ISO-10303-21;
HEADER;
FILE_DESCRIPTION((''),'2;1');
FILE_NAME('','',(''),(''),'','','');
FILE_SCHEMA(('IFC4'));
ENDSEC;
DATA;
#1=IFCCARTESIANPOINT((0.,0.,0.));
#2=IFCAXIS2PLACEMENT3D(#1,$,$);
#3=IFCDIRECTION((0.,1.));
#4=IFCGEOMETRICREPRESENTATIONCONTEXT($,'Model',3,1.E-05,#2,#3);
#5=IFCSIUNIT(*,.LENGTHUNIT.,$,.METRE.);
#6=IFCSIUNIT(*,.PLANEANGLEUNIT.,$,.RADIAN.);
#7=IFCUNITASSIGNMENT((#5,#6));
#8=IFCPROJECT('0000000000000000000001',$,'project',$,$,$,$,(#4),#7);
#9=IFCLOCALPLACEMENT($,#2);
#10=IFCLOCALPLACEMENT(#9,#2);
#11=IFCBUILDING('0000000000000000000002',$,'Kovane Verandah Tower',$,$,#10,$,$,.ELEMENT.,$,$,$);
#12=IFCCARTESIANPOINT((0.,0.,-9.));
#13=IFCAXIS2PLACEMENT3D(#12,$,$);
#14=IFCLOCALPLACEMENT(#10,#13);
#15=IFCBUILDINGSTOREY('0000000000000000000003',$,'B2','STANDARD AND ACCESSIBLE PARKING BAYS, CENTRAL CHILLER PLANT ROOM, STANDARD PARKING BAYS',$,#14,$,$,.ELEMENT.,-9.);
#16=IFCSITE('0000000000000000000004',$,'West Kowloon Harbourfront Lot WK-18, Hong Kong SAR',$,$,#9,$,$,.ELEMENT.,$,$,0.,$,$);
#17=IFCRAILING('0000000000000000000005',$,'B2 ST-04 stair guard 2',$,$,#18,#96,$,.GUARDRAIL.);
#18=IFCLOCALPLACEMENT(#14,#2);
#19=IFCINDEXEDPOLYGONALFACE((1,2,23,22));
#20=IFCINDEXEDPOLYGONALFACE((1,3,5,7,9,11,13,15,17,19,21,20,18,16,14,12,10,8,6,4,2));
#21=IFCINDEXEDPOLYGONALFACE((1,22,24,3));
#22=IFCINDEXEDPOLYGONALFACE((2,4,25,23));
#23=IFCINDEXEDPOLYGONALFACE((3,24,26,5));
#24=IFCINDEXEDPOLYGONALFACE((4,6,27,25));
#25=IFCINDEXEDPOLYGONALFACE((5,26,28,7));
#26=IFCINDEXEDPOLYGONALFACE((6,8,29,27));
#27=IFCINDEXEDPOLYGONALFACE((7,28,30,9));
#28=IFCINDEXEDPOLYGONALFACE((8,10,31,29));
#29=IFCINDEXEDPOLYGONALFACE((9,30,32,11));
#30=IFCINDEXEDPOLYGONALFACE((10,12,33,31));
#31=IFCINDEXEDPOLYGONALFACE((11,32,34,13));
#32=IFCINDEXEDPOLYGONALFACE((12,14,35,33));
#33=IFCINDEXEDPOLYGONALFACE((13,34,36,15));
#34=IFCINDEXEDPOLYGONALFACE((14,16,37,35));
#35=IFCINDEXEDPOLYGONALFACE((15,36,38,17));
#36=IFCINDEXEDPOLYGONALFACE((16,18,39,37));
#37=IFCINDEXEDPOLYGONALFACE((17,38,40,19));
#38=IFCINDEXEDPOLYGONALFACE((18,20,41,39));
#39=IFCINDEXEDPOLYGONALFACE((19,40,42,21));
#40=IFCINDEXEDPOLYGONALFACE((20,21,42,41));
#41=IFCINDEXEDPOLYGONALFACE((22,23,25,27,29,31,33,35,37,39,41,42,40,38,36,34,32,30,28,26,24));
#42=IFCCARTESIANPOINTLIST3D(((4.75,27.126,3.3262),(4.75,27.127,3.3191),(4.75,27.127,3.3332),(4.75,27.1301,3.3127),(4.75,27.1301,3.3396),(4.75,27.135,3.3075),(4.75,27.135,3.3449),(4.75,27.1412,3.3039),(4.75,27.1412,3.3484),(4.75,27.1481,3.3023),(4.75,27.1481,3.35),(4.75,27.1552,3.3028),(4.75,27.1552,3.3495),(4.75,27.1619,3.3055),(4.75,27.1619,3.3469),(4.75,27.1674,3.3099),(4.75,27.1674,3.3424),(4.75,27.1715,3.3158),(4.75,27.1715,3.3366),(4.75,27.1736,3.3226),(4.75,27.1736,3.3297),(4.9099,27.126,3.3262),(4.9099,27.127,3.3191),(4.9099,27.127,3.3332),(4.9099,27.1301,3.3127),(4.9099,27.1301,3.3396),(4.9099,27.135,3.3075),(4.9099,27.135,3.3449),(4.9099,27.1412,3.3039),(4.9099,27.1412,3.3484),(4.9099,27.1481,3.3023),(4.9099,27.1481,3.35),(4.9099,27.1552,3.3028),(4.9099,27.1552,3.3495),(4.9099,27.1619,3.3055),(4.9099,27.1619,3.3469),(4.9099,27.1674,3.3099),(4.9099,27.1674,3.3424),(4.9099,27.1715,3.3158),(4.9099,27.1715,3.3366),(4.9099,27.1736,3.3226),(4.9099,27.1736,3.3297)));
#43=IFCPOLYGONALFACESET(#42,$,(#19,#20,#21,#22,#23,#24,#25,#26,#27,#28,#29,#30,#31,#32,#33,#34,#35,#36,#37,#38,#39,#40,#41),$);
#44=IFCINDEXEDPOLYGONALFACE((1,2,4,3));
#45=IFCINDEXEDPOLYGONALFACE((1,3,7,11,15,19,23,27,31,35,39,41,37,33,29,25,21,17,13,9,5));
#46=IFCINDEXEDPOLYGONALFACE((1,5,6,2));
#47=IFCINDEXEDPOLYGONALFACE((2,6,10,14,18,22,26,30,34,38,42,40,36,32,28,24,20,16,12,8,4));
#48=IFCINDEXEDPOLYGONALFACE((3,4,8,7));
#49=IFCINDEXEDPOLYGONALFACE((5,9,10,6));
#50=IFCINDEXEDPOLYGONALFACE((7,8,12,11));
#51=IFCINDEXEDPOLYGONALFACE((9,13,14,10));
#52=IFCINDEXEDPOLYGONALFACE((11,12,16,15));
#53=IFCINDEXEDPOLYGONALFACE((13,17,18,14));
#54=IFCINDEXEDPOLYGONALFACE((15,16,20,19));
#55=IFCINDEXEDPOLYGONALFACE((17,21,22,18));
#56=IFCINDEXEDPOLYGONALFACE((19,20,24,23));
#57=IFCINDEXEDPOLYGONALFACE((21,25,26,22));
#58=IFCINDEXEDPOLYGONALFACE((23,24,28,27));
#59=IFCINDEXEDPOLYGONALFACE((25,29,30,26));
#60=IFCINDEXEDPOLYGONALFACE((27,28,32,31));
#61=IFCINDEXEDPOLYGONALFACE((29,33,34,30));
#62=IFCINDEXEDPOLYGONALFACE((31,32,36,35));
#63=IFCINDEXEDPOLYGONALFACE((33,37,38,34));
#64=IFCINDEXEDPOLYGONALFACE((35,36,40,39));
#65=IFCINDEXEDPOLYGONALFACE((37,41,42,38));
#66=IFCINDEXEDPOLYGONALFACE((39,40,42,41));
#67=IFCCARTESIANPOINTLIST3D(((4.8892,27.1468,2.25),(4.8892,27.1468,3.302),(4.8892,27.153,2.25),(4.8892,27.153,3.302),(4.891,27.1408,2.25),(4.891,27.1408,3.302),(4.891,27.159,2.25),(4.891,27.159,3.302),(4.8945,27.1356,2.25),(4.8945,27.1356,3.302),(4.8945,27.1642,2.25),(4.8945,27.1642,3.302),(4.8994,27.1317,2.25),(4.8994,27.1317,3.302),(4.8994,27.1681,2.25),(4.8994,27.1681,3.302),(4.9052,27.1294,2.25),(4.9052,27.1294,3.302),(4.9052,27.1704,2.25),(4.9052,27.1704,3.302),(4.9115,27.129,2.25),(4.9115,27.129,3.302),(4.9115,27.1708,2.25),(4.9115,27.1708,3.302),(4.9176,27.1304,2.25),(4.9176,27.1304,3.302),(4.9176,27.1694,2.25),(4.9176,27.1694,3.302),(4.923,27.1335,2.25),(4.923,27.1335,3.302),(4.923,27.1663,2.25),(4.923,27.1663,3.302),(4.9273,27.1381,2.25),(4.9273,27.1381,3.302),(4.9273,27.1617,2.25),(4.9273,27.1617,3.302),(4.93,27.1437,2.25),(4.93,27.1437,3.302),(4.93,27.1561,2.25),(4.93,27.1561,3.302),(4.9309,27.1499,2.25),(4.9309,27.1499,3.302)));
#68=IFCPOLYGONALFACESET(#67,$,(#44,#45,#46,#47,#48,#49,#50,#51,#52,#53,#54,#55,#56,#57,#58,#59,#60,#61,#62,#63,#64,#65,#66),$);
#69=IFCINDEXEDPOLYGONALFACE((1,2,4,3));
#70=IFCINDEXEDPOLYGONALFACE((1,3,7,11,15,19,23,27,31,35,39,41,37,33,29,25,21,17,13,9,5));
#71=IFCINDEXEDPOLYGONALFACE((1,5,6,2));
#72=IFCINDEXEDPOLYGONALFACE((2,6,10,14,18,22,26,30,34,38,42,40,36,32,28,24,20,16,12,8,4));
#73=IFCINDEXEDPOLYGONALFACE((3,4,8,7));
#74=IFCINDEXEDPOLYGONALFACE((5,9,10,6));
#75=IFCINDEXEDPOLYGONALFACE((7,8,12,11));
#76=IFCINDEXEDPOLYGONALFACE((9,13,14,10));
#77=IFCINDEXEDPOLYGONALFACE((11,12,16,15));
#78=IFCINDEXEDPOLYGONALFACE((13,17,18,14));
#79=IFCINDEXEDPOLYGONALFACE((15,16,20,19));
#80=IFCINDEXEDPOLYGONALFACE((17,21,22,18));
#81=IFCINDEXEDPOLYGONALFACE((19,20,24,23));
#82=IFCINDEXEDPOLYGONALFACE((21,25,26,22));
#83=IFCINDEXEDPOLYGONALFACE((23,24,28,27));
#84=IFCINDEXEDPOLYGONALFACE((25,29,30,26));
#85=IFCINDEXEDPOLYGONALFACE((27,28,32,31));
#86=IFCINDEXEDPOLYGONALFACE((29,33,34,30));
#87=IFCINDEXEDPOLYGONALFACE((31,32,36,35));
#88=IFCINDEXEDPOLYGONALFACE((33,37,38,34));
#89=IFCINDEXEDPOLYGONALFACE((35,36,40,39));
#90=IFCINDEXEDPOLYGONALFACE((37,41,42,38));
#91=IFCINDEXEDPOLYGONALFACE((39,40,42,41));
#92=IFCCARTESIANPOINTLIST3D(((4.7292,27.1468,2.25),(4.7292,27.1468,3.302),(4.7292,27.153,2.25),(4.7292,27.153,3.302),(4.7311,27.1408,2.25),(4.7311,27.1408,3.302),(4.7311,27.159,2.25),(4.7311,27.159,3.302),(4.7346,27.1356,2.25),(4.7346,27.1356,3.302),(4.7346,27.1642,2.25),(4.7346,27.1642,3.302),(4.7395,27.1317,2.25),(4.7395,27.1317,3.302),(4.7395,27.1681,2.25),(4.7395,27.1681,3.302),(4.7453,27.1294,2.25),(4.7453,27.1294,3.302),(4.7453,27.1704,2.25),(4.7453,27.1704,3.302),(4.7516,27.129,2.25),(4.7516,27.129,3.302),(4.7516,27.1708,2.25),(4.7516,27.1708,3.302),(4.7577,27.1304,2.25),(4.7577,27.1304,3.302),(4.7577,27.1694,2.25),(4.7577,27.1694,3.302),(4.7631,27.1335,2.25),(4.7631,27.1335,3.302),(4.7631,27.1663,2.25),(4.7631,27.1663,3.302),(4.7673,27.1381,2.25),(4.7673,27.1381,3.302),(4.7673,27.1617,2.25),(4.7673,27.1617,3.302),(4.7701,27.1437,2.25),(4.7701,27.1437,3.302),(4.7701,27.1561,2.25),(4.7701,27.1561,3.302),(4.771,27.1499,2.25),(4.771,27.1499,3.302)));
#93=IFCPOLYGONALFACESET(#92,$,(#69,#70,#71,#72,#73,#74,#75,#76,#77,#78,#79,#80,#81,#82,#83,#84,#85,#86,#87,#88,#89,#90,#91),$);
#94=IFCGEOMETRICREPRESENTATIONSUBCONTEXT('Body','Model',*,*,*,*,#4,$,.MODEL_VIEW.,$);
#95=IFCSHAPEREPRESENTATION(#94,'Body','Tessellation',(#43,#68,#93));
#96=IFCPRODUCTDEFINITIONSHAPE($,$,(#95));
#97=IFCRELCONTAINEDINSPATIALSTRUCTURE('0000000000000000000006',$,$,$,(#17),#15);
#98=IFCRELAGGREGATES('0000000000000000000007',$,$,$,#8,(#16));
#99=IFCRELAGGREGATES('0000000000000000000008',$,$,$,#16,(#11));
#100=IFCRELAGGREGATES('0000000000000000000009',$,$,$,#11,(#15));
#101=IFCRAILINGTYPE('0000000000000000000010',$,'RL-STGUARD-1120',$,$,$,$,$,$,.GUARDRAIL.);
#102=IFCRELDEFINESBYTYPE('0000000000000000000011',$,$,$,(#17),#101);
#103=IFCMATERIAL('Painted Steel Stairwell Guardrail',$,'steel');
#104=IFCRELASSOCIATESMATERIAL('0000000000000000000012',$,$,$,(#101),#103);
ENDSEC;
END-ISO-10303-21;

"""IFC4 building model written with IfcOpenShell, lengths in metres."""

from ifc_helpers import new_model, si_unit, direction, frame, origin, origin_2d, place, context, subcontext, project, spatial, circle, extrude, material, type_object, element, save


model = new_model("IFC4")

# Units and contexts
model_context = context("Model", 3, precision=1e-05, world=origin(), true_north=direction((0.0, 1.0)))
body_context = subcontext(model_context, "Body", "Model", "MODEL_VIEW")
ifc_project = project(units=[si_unit("LENGTHUNIT", "METRE"), si_unit("PLANEANGLEUNIT", "RADIAN")], contexts=[model_context])

# Site, building, storey
site_placement = place(None, origin())
site = spatial("IfcSite", under=ifc_project, at=site_placement, Name="West Kowloon Harbourfront Lot WK-18, Hong Kong SAR", CompositionType="ELEMENT", RefElevation=0.0)
building_placement = place(site_placement, origin())
building = spatial("IfcBuilding", under=site, at=building_placement, Name="Kovane Verandah Tower", CompositionType="ELEMENT")
storey_placement = place(building_placement, frame((0.0, 0.0, -9.0)))
storey = spatial("IfcBuildingStorey", under=building, at=storey_placement, Name="B2", Description="STANDARD AND ACCESSIBLE PARKING BAYS, CENTRAL CHILLER PLANT ROOM, STANDARD PARKING BAYS", CompositionType="ELEMENT", Elevation=-9.0)

# Railing
ifc_material_1 = material(Name="Painted Steel Stairwell Guardrail", Category="steel")
railing_type_1 = type_object("IfcRailingType", Name="RL-STGUARD-1120", PredefinedType="GUARDRAIL", material=ifc_material_1)
railing_1_placement = place(storey_placement, frame((4.9099, 27.1499, 2.25)))
element("IfcRailing", 1, at=railing_1_placement, inside=storey, type_object=railing_type_1, Name="B2 ST-04 stair guard 2", PredefinedType="GUARDRAIL", context=body_context, shape_type="SweptSolid", body=[
    extrude(circle(Radius=0.0239, at=origin_2d()), frame((0.0, 0.0, 1.0762), z_axis=(-1.0, 0.0, 0.0), x_axis=(0.0, -1.0, 0.0)), (0.0, 0.0, 1.0), 0.1599),
    extrude(circle(Radius=0.021, at=origin_2d()), origin(), (0.0, 0.0, 1.0), 1.052),
    extrude(circle(Radius=0.021, at=origin_2d()), frame((-0.1599, 0.0, 0.0)), (0.0, 0.0, 1.0), 1.052),
])

save(model, "model.ifc")
